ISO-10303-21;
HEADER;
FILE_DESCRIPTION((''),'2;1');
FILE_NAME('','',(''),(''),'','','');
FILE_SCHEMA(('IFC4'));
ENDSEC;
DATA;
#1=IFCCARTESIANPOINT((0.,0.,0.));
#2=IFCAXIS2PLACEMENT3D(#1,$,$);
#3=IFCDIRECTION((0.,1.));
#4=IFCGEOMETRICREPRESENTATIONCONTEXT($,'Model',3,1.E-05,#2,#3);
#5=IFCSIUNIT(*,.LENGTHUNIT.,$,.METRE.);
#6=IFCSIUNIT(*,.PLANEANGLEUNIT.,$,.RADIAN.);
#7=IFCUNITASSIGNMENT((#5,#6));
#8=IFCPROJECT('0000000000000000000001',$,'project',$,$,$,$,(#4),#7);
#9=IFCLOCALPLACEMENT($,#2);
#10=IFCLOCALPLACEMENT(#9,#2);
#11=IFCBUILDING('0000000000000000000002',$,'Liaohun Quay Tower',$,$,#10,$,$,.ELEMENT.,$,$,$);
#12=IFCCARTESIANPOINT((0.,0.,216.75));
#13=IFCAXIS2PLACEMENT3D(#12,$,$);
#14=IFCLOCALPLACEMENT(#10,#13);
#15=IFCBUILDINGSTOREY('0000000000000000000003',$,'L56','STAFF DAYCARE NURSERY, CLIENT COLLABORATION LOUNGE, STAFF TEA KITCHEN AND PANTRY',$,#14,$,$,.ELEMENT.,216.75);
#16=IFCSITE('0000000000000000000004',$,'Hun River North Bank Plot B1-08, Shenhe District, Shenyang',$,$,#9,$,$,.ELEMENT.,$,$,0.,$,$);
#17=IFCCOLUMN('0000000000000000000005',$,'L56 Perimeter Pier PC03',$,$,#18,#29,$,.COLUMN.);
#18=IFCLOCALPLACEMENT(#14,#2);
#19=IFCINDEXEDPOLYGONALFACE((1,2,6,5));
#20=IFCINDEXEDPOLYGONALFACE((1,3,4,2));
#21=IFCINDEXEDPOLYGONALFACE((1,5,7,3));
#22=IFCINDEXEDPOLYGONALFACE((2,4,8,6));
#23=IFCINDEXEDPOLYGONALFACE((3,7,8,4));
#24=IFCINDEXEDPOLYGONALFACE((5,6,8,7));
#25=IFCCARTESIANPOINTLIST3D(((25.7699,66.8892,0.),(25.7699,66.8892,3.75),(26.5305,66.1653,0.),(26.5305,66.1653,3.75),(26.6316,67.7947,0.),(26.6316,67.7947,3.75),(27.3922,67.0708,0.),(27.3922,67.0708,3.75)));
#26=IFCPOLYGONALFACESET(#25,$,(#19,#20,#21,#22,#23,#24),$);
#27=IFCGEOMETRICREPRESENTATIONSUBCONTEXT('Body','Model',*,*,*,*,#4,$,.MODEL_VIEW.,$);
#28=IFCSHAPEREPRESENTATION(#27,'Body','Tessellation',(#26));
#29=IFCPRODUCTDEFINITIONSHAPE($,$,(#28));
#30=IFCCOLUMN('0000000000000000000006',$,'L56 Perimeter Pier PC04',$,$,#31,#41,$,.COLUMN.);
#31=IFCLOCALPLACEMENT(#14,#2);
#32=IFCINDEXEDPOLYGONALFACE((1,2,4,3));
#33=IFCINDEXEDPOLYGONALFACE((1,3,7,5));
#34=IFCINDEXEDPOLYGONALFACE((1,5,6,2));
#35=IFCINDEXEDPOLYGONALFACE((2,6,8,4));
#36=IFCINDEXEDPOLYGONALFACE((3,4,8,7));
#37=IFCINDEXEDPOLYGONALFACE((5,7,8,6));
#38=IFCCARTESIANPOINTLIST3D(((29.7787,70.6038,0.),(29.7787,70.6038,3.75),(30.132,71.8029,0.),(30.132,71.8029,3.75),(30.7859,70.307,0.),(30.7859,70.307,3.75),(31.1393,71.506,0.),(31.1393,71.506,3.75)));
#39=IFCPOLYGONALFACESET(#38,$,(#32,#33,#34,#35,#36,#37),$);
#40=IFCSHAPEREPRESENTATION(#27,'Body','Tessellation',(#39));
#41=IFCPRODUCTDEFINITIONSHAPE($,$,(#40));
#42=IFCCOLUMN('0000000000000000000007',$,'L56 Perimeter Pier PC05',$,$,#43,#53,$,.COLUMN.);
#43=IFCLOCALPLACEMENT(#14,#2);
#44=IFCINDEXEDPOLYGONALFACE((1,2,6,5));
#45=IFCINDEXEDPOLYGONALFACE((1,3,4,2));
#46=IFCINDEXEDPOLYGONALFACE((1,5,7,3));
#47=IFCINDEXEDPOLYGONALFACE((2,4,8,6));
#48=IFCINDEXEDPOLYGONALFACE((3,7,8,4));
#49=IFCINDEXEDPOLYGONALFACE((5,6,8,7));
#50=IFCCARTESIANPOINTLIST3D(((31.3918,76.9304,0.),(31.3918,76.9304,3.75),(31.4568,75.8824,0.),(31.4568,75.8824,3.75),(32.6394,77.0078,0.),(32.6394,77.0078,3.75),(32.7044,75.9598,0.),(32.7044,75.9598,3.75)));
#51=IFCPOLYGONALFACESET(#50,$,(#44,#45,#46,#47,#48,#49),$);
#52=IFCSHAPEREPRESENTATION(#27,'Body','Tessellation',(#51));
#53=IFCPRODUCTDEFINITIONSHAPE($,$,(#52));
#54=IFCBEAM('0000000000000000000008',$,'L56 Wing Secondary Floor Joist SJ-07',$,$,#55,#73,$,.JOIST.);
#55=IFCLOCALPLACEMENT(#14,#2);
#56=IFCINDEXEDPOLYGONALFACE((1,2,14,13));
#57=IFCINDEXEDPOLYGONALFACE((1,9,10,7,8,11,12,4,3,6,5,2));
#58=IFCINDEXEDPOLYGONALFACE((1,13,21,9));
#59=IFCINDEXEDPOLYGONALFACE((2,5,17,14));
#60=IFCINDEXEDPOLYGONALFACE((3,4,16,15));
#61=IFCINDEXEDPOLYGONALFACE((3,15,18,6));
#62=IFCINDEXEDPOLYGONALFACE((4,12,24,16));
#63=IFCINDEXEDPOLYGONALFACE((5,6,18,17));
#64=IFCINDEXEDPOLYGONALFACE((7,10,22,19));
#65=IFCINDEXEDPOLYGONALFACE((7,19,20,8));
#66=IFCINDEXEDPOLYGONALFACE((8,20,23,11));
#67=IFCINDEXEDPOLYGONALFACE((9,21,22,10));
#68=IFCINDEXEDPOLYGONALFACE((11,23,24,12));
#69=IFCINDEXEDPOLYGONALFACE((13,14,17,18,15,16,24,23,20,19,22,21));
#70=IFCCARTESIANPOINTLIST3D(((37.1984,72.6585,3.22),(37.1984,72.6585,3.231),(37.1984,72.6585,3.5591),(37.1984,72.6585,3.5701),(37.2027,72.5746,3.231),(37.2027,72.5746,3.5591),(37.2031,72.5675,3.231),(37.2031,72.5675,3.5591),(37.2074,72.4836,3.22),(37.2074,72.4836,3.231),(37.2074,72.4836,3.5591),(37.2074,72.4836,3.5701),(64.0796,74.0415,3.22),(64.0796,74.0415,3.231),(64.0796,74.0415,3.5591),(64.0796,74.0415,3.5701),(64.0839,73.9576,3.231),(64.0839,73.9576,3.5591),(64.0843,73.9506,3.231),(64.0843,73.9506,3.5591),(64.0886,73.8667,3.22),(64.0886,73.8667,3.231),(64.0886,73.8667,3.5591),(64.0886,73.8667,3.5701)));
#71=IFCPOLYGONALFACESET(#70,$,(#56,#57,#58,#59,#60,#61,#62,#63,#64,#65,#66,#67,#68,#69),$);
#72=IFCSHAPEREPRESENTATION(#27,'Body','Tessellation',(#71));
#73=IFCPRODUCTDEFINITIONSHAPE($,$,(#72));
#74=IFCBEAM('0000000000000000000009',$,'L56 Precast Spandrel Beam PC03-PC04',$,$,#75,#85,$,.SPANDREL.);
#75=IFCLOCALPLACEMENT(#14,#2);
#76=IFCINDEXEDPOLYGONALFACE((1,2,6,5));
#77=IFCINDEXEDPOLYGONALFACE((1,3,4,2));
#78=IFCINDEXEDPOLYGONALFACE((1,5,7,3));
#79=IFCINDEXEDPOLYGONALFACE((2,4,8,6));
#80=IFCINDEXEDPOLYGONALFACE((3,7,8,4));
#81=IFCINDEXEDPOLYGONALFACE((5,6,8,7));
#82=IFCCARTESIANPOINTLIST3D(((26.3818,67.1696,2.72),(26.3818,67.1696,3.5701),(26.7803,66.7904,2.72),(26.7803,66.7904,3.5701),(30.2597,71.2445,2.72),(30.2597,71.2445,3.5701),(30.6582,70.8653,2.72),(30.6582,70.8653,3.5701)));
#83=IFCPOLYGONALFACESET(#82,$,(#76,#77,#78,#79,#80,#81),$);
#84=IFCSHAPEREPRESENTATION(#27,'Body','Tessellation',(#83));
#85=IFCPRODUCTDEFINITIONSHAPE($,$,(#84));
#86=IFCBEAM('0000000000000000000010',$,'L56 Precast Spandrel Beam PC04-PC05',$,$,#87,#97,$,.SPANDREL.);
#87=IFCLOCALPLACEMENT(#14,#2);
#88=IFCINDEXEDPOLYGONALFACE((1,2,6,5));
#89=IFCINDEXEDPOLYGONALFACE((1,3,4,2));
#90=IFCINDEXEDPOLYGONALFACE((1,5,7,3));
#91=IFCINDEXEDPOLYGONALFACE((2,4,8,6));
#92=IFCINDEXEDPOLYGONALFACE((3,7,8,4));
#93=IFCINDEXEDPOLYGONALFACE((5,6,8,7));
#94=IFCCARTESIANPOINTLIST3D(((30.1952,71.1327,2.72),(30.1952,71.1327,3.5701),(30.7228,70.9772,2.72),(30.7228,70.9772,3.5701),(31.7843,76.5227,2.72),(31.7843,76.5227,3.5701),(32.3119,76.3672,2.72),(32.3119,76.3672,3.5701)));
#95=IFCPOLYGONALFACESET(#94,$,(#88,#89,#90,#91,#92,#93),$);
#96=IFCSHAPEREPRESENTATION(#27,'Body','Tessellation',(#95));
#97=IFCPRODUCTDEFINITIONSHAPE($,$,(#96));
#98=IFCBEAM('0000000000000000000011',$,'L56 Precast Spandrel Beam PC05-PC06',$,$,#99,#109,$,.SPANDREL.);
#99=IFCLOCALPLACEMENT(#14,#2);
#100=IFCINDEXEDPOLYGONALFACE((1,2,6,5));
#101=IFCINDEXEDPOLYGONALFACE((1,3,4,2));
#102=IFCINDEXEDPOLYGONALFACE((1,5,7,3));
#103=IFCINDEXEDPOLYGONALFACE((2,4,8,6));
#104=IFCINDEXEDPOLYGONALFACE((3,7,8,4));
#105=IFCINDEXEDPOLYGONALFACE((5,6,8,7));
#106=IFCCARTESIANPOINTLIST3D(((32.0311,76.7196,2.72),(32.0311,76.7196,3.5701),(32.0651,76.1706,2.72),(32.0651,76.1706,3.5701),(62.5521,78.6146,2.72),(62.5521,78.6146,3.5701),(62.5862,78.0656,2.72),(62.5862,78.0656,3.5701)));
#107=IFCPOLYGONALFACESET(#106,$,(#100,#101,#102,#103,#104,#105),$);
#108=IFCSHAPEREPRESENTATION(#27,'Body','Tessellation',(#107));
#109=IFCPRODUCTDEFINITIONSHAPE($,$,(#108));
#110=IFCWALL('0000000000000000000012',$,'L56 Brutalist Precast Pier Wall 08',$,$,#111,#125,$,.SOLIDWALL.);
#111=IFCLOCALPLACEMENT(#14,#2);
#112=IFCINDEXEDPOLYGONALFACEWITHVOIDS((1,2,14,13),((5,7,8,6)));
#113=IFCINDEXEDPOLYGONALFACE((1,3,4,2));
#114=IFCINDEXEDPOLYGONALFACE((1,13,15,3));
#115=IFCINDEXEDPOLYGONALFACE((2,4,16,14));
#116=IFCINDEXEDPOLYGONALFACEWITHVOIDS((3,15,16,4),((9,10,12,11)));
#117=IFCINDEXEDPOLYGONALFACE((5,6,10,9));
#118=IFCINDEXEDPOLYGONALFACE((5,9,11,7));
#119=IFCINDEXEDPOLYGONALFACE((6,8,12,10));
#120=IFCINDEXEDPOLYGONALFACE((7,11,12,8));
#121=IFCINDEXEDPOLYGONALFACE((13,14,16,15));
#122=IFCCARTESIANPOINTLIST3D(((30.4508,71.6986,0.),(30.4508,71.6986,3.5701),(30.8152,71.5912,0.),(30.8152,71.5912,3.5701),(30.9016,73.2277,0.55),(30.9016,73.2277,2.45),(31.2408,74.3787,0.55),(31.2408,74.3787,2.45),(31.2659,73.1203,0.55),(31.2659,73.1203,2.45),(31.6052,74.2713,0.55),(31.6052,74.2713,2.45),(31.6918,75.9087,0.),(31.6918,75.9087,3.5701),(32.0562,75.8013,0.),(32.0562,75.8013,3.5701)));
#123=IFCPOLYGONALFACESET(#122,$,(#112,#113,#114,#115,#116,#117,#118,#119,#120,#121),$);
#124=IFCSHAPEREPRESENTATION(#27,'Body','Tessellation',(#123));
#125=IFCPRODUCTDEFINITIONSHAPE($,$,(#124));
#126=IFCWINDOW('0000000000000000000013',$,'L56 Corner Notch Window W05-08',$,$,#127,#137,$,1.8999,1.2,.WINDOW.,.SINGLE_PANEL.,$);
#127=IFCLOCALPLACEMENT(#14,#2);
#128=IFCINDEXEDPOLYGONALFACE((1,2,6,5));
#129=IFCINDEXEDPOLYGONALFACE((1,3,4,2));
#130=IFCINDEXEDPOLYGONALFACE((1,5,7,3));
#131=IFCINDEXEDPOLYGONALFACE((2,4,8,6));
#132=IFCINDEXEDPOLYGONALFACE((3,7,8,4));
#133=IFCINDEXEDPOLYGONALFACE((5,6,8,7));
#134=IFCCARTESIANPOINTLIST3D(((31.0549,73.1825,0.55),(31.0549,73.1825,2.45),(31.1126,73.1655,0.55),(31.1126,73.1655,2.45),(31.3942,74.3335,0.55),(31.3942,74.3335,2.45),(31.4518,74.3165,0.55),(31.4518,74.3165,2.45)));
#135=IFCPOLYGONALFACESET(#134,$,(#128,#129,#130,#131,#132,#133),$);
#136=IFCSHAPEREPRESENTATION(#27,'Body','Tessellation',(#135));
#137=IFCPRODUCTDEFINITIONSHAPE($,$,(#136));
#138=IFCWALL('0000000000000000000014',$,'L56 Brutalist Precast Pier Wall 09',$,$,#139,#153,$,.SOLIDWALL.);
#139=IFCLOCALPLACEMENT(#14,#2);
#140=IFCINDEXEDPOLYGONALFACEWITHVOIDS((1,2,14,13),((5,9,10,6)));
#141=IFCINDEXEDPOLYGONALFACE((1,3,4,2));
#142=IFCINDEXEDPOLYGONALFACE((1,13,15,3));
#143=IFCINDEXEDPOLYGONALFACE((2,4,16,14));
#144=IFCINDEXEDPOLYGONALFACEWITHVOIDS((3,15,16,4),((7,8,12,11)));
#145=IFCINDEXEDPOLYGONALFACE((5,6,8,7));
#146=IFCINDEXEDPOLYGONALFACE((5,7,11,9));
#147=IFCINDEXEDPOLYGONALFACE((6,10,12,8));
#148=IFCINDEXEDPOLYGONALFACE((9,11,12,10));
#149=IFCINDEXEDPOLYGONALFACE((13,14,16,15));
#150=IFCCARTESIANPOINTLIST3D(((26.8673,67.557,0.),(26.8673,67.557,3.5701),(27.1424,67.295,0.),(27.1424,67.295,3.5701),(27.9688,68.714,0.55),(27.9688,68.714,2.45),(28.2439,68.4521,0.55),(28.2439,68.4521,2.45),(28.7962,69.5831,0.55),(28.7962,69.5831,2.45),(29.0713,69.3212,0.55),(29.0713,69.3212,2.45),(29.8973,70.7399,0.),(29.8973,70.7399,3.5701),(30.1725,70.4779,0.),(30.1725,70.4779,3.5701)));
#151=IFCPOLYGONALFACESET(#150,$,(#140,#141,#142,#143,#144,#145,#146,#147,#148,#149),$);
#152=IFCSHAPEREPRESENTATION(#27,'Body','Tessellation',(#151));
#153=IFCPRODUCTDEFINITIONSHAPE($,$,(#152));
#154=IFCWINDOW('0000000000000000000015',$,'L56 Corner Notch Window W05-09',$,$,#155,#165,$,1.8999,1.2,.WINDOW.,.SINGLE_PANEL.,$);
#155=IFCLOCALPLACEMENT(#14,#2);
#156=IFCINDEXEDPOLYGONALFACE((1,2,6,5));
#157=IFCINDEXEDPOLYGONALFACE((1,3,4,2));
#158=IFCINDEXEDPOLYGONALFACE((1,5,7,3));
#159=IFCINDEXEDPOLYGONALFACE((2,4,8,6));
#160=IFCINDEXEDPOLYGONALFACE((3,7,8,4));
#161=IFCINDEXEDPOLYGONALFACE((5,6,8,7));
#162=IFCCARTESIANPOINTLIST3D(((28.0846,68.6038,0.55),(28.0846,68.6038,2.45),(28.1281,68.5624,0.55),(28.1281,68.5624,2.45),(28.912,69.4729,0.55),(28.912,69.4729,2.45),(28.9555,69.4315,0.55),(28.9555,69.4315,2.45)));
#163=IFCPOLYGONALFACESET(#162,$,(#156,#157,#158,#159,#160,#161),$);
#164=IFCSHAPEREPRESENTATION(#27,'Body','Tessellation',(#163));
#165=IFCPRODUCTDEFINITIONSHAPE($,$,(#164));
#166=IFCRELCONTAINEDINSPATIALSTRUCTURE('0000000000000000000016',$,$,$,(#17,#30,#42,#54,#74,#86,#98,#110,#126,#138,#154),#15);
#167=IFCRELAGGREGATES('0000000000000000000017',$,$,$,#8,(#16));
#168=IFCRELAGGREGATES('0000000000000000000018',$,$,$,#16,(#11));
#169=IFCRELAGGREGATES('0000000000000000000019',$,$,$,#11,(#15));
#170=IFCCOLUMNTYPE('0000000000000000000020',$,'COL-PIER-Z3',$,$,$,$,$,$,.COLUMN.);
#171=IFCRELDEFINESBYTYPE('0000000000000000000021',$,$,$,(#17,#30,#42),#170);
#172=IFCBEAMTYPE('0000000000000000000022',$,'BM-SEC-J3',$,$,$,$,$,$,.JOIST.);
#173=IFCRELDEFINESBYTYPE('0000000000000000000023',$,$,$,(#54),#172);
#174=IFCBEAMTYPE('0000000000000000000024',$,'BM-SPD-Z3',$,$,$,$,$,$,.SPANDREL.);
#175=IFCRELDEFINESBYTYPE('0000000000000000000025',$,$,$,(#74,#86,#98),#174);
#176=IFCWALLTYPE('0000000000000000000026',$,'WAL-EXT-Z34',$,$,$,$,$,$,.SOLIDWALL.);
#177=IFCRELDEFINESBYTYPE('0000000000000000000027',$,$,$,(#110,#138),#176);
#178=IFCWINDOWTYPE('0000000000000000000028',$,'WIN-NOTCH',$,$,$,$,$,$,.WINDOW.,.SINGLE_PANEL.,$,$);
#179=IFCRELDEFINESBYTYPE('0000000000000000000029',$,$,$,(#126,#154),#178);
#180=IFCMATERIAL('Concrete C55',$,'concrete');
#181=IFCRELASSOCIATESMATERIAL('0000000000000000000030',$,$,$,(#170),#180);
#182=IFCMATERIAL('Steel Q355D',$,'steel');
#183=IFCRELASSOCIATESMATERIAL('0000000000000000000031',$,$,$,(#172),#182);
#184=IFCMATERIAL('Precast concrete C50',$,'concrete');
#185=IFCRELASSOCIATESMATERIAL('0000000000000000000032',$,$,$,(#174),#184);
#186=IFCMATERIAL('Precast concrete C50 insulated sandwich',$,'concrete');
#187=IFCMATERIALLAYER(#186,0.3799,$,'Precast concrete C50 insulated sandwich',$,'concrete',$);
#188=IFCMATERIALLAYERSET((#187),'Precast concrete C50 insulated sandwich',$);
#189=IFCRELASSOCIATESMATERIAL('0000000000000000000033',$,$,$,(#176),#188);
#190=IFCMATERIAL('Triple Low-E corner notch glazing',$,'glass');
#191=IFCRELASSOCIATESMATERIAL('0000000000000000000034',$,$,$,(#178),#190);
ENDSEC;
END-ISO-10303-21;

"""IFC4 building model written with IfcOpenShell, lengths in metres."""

from ifc_helpers import new_model, si_unit, direction, frame, frame_2d, origin, origin_2d, place, context, subcontext, project, spatial, rectangle, i_section, extrude, source, transform, mapped, material, layer, layer_set, material_profile, profile_set, type_object, element, fill, save


model = new_model("IFC4")

# Units and contexts
model_context = context("Model", 3, precision=1e-05, world=origin(), true_north=direction((0.0, 1.0)))
body_context = subcontext(model_context, "Body", "Model", "MODEL_VIEW")
ifc_project = project(units=[si_unit("LENGTHUNIT", "METRE"), si_unit("PLANEANGLEUNIT", "RADIAN")], contexts=[model_context])

# Site, building, storey
site_placement = place(None, origin())
site = spatial("IfcSite", under=ifc_project, at=site_placement, Name="Hun River North Bank Plot B1-08, Shenhe District, Shenyang", CompositionType="ELEMENT", RefElevation=0.0)
building_placement = place(site_placement, origin())
building = spatial("IfcBuilding", under=site, at=building_placement, Name="Liaohun Quay Tower", CompositionType="ELEMENT")
storey_placement = place(building_placement, frame((0.0, 0.0, 216.75)))
storey = spatial("IfcBuildingStorey", under=building, at=storey_placement, Name="L56", Description="STAFF DAYCARE NURSERY, CLIENT COLLABORATION LOUNGE, STAFF TEA KITCHEN AND PANTRY", CompositionType="ELEMENT", Elevation=216.75)

# Columns
ifc_material_1 = material(Name="Concrete C55", Category="concrete")
ifc_material_profile_1 = material_profile(ifc_material_1, rectangle(XDim=1.25, YDim=1.05, at=origin_2d()), Name="RC1250x1050")
ifc_profile_set_1 = profile_set([ifc_material_profile_1], Name="Concrete C55")
column_type = type_object("IfcColumnType", Name="COL-PIER-Z3", PredefinedType="COLUMN", material=ifc_profile_set_1)
shared_shape_1 = source(origin(), body_context, "Body", "SweptSolid", [
    extrude(rectangle(XDim=1.25, YDim=1.05, at=origin_2d()), origin(), (0.0, 0.0, 1.0), 3.75),
])
for number, where, z_axis, x_axis, name in (
    (1, (26.5811, 66.98, 0.0), (0.0, 0.0, 1.0), (0.689367, 0.724413, 0.0), "L56 Perimeter Pier PC03"),
    (2, (30.459, 71.0549, 0.0), (0.0, 0.0, 1.0), (0.282676, 0.959215, 0.0), "L56 Perimeter Pier PC04"),
    (3, (32.0481, 76.4451, 0.0), (0.0, 0.0, 1.0), (0.998081, 0.06192, 0.0), "L56 Perimeter Pier PC05"),
):
    element("IfcColumn", number, at=place(storey_placement, frame(where, z_axis=z_axis, x_axis=x_axis)), inside=storey, type_object=column_type, Name=name, PredefinedType="COLUMN", context=body_context, shape_type="MappedRepresentation", body=[
        mapped(shared_shape_1, transform((0.0, 0.0, 0.0), x_axis=(1.0, 0.0, 0.0), y_axis=(0.0, 1.0, 0.0), z_axis=(0.0, 0.0, 1.0), scale=1.0)),
    ])

# Beams
ifc_material_2 = material(Name="Steel Q355D", Category="steel")
ifc_material_profile_2 = material_profile(ifc_material_2, i_section(OverallWidth=0.175, OverallDepth=0.3501, WebThickness=0.0071, FlangeThickness=0.011, at=origin_2d()), Name="HN350x175x7x11")
ifc_profile_set_2 = profile_set([ifc_material_profile_2], Name="Steel Q355D")
beam_type_1 = type_object("IfcBeamType", Name="BM-SEC-J3", PredefinedType="JOIST", material=ifc_profile_set_2)
shared_shape_2 = source(origin(), body_context, "Body", "SweptSolid", [
    extrude(i_section(OverallWidth=0.175, OverallDepth=0.3501, WebThickness=0.0071, FlangeThickness=0.011, at=origin_2d()), origin(), (0.0, 0.0, 1.0), 26.9167),
])
beam_1_placement = place(storey_placement, frame((37.2029, 72.571, 3.395), z_axis=(0.998679, 0.051383, 0.0), x_axis=(-0.051383, 0.998679, 0.0)))
element("IfcBeam", 4, at=beam_1_placement, inside=storey, type_object=beam_type_1, Name="L56 Wing Secondary Floor Joist SJ-07", PredefinedType="JOIST", context=body_context, shape_type="MappedRepresentation", body=[
    mapped(shared_shape_2, transform((0.0, 0.0, 0.0), x_axis=(1.0, 0.0, 0.0), y_axis=(0.0, 1.0, 0.0), z_axis=(0.0, 0.0, 1.0), scale=1.0)),
])
ifc_material_3 = material(Name="Precast concrete C50", Category="concrete")
ifc_material_profile_3 = material_profile(ifc_material_3, rectangle(XDim=0.55, YDim=0.8501, at=origin_2d()), Name="RC550x850")
ifc_profile_set_3 = profile_set([ifc_material_profile_3], Name="Precast concrete C50")
beam_type_2 = type_object("IfcBeamType", Name="BM-SPD-Z3", PredefinedType="SPANDREL", material=ifc_profile_set_3)
shared_shape_3 = source(origin(), body_context, "Body", "SweptSolid", [
    extrude(rectangle(XDim=0.55, YDim=0.8501, at=origin_2d()), origin(), (0.0, 0.0, 1.0), 5.6252),
])
beam_2_placement = place(storey_placement, frame((26.5811, 66.98, 3.145), z_axis=(0.689378, 0.724402, 0.0), x_axis=(-0.724402, 0.689378, 0.0)))
element("IfcBeam", 5, at=beam_2_placement, inside=storey, type_object=beam_type_2, Name="L56 Precast Spandrel Beam PC03-PC04", PredefinedType="SPANDREL", context=body_context, shape_type="MappedRepresentation", body=[
    mapped(shared_shape_3, transform((0.0, 0.0, 0.0), x_axis=(1.0, 0.0, 0.0), y_axis=(0.0, 1.0, 0.0), z_axis=(0.0, 0.0, 1.0), scale=1.0)),
])
shared_shape_4 = source(origin(), body_context, "Body", "SweptSolid", [
    extrude(rectangle(XDim=0.55, YDim=0.8501, at=origin_2d()), origin(), (0.0, 0.0, 1.0), 5.6194),
])
beam_3_placement = place(storey_placement, frame((30.459, 71.0549, 3.145), z_axis=(0.282785, 0.959183, 0.0), x_axis=(-0.959183, 0.282785, 0.0)))
element("IfcBeam", 6, at=beam_3_placement, inside=storey, type_object=beam_type_2, Name="L56 Precast Spandrel Beam PC04-PC05", PredefinedType="SPANDREL", context=body_context, shape_type="MappedRepresentation", body=[
    mapped(shared_shape_4, transform((0.0, 0.0, 0.0), x_axis=(1.0, 0.0, 0.0), y_axis=(0.0, 1.0, 0.0), z_axis=(0.0, 0.0, 1.0), scale=1.0)),
])
shared_shape_5 = source(origin(), body_context, "Body", "SweptSolid", [
    extrude(rectangle(XDim=0.55, YDim=0.8501, at=origin_2d()), origin(), (0.0, 0.0, 1.0), 30.5798),
])
beam_4_placement = place(storey_placement, frame((32.0481, 76.4451, 3.145), z_axis=(0.998078, 0.06197, 0.0), x_axis=(-0.06197, 0.998078, 0.0)))
element("IfcBeam", 7, at=beam_4_placement, inside=storey, type_object=beam_type_2, Name="L56 Precast Spandrel Beam PC05-PC06", PredefinedType="SPANDREL", context=body_context, shape_type="MappedRepresentation", body=[
    mapped(shared_shape_5, transform((0.0, 0.0, 0.0), x_axis=(1.0, 0.0, 0.0), y_axis=(0.0, 1.0, 0.0), z_axis=(0.0, 0.0, 1.0), scale=1.0)),
])

# Walls, openings, windows
ifc_material_4 = material(Name="Precast concrete C50 insulated sandwich", Category="concrete")
ifc_layer_1 = layer(ifc_material_4, 0.3799, Name="Precast concrete C50 insulated sandwich", Category="concrete")
ifc_layer_set_1 = layer_set([ifc_layer_1], Name="Precast concrete C50 insulated sandwich")
wall_type_1 = type_object("IfcWallType", Name="WAL-EXT-Z34", PredefinedType="SOLIDWALL", material=ifc_layer_set_1)
wall_1_placement = place(storey_placement, frame((31.874, 75.855, 0.0), z_axis=(0.0, 0.0, 1.0), x_axis=(-0.282741, -0.959196, 0.0)))
wall_1 = element("IfcWall", 8, at=wall_1_placement, inside=storey, type_object=wall_type_1, Name="L56 Brutalist Precast Pier Wall 08", PredefinedType="SOLIDWALL", context=body_context, shape_type="SweptSolid", body=[
    extrude(rectangle(XDim=4.3892, YDim=0.3799, at=frame_2d((2.1946, 0.0))), origin(), (0.0, 0.0, 1.0), 3.5701),
])
shared_shape_6 = source(origin(), body_context, "Body", "SweptSolid", [
    extrude(rectangle(XDim=1.2, YDim=1.8999, at=frame_2d((0.6001, 0.95))), frame((0.0, 0.2, 0.0), z_axis=(0.0, -1.0, 0.0), x_axis=(1.0, 0.0, 0.0)), (0.0, 0.0, 1.0), 0.3999),
])
opening_1_placement = place(wall_1_placement, frame((1.595, 0.0, 0.55)))
opening_1 = element("IfcOpeningElement", 9, at=opening_1_placement, cuts=wall_1, PredefinedType="OPENING", context=body_context, shape_type="MappedRepresentation", body=[
    mapped(shared_shape_6, transform((0.0, 0.0, 0.0), x_axis=(1.0, 0.0, 0.0), y_axis=(0.0, 1.0, 0.0), z_axis=(0.0, 0.0, 1.0), scale=1.0)),
])
ifc_material_5 = material(Name="Triple Low-E corner notch glazing", Category="glass")
window_type_1 = type_object("IfcWindowType", Name="WIN-NOTCH", PartitioningType="SINGLE_PANEL", PredefinedType="WINDOW", material=ifc_material_5)
shared_shape_7 = source(origin(), body_context, "Body", "SweptSolid", [
    extrude(rectangle(XDim=1.2, YDim=1.8999, at=frame_2d((0.6001, 0.95))), frame((0.0, 0.03, 0.0), z_axis=(0.0, -1.0, 0.0), x_axis=(1.0, 0.0, 0.0)), (0.0, 0.0, 1.0), 0.0601),
])
window_1_placement = place(opening_1_placement, origin())
window_1 = element("IfcWindow", 10, at=window_1_placement, inside=storey, type_object=window_type_1, Name="L56 Corner Notch Window W05-08", OverallHeight=1.8999, OverallWidth=1.2, PartitioningType="SINGLE_PANEL", PredefinedType="WINDOW", context=body_context, shape_type="MappedRepresentation", body=[
    mapped(shared_shape_7, transform((0.0, 0.0, 0.0), x_axis=(1.0, 0.0, 0.0), y_axis=(0.0, 1.0, 0.0), z_axis=(0.0, 0.0, 1.0), scale=1.0)),
])
fill(opening_1, window_1)
wall_2_placement = place(storey_placement, frame((30.0349, 70.6089, 0.0), z_axis=(0.0, 0.0, 1.0), x_axis=(-0.689504, -0.724282, 0.0)))
wall_2 = element("IfcWall", 11, at=wall_2_placement, inside=storey, type_object=wall_type_1, Name="L56 Brutalist Precast Pier Wall 09", PredefinedType="SOLIDWALL", context=body_context, shape_type="SweptSolid", body=[
    extrude(rectangle(XDim=4.3945, YDim=0.3799, at=frame_2d((2.1973, 0.0))), origin(), (0.0, 0.0, 1.0), 3.5701),
])
opening_2_placement = place(wall_2_placement, frame((1.5969, 0.0, 0.55)))
opening_2 = element("IfcOpeningElement", 12, at=opening_2_placement, cuts=wall_2, PredefinedType="OPENING", context=body_context, shape_type="MappedRepresentation", body=[
    mapped(shared_shape_6, transform((0.0, 0.0, 0.0), x_axis=(1.0, 0.0, 0.0), y_axis=(0.0, 1.0, 0.0), z_axis=(0.0, 0.0, 1.0), scale=1.0)),
])
window_2_placement = place(opening_2_placement, origin())
window_2 = element("IfcWindow", 13, at=window_2_placement, inside=storey, type_object=window_type_1, Name="L56 Corner Notch Window W05-09", OverallHeight=1.8999, OverallWidth=1.2, PartitioningType="SINGLE_PANEL", PredefinedType="WINDOW", context=body_context, shape_type="MappedRepresentation", body=[
    mapped(shared_shape_7, transform((0.0, 0.0, 0.0), x_axis=(1.0, 0.0, 0.0), y_axis=(0.0, 1.0, 0.0), z_axis=(0.0, 0.0, 1.0), scale=1.0)),
])
fill(opening_2, window_2)

save(model, "model.ifc")
